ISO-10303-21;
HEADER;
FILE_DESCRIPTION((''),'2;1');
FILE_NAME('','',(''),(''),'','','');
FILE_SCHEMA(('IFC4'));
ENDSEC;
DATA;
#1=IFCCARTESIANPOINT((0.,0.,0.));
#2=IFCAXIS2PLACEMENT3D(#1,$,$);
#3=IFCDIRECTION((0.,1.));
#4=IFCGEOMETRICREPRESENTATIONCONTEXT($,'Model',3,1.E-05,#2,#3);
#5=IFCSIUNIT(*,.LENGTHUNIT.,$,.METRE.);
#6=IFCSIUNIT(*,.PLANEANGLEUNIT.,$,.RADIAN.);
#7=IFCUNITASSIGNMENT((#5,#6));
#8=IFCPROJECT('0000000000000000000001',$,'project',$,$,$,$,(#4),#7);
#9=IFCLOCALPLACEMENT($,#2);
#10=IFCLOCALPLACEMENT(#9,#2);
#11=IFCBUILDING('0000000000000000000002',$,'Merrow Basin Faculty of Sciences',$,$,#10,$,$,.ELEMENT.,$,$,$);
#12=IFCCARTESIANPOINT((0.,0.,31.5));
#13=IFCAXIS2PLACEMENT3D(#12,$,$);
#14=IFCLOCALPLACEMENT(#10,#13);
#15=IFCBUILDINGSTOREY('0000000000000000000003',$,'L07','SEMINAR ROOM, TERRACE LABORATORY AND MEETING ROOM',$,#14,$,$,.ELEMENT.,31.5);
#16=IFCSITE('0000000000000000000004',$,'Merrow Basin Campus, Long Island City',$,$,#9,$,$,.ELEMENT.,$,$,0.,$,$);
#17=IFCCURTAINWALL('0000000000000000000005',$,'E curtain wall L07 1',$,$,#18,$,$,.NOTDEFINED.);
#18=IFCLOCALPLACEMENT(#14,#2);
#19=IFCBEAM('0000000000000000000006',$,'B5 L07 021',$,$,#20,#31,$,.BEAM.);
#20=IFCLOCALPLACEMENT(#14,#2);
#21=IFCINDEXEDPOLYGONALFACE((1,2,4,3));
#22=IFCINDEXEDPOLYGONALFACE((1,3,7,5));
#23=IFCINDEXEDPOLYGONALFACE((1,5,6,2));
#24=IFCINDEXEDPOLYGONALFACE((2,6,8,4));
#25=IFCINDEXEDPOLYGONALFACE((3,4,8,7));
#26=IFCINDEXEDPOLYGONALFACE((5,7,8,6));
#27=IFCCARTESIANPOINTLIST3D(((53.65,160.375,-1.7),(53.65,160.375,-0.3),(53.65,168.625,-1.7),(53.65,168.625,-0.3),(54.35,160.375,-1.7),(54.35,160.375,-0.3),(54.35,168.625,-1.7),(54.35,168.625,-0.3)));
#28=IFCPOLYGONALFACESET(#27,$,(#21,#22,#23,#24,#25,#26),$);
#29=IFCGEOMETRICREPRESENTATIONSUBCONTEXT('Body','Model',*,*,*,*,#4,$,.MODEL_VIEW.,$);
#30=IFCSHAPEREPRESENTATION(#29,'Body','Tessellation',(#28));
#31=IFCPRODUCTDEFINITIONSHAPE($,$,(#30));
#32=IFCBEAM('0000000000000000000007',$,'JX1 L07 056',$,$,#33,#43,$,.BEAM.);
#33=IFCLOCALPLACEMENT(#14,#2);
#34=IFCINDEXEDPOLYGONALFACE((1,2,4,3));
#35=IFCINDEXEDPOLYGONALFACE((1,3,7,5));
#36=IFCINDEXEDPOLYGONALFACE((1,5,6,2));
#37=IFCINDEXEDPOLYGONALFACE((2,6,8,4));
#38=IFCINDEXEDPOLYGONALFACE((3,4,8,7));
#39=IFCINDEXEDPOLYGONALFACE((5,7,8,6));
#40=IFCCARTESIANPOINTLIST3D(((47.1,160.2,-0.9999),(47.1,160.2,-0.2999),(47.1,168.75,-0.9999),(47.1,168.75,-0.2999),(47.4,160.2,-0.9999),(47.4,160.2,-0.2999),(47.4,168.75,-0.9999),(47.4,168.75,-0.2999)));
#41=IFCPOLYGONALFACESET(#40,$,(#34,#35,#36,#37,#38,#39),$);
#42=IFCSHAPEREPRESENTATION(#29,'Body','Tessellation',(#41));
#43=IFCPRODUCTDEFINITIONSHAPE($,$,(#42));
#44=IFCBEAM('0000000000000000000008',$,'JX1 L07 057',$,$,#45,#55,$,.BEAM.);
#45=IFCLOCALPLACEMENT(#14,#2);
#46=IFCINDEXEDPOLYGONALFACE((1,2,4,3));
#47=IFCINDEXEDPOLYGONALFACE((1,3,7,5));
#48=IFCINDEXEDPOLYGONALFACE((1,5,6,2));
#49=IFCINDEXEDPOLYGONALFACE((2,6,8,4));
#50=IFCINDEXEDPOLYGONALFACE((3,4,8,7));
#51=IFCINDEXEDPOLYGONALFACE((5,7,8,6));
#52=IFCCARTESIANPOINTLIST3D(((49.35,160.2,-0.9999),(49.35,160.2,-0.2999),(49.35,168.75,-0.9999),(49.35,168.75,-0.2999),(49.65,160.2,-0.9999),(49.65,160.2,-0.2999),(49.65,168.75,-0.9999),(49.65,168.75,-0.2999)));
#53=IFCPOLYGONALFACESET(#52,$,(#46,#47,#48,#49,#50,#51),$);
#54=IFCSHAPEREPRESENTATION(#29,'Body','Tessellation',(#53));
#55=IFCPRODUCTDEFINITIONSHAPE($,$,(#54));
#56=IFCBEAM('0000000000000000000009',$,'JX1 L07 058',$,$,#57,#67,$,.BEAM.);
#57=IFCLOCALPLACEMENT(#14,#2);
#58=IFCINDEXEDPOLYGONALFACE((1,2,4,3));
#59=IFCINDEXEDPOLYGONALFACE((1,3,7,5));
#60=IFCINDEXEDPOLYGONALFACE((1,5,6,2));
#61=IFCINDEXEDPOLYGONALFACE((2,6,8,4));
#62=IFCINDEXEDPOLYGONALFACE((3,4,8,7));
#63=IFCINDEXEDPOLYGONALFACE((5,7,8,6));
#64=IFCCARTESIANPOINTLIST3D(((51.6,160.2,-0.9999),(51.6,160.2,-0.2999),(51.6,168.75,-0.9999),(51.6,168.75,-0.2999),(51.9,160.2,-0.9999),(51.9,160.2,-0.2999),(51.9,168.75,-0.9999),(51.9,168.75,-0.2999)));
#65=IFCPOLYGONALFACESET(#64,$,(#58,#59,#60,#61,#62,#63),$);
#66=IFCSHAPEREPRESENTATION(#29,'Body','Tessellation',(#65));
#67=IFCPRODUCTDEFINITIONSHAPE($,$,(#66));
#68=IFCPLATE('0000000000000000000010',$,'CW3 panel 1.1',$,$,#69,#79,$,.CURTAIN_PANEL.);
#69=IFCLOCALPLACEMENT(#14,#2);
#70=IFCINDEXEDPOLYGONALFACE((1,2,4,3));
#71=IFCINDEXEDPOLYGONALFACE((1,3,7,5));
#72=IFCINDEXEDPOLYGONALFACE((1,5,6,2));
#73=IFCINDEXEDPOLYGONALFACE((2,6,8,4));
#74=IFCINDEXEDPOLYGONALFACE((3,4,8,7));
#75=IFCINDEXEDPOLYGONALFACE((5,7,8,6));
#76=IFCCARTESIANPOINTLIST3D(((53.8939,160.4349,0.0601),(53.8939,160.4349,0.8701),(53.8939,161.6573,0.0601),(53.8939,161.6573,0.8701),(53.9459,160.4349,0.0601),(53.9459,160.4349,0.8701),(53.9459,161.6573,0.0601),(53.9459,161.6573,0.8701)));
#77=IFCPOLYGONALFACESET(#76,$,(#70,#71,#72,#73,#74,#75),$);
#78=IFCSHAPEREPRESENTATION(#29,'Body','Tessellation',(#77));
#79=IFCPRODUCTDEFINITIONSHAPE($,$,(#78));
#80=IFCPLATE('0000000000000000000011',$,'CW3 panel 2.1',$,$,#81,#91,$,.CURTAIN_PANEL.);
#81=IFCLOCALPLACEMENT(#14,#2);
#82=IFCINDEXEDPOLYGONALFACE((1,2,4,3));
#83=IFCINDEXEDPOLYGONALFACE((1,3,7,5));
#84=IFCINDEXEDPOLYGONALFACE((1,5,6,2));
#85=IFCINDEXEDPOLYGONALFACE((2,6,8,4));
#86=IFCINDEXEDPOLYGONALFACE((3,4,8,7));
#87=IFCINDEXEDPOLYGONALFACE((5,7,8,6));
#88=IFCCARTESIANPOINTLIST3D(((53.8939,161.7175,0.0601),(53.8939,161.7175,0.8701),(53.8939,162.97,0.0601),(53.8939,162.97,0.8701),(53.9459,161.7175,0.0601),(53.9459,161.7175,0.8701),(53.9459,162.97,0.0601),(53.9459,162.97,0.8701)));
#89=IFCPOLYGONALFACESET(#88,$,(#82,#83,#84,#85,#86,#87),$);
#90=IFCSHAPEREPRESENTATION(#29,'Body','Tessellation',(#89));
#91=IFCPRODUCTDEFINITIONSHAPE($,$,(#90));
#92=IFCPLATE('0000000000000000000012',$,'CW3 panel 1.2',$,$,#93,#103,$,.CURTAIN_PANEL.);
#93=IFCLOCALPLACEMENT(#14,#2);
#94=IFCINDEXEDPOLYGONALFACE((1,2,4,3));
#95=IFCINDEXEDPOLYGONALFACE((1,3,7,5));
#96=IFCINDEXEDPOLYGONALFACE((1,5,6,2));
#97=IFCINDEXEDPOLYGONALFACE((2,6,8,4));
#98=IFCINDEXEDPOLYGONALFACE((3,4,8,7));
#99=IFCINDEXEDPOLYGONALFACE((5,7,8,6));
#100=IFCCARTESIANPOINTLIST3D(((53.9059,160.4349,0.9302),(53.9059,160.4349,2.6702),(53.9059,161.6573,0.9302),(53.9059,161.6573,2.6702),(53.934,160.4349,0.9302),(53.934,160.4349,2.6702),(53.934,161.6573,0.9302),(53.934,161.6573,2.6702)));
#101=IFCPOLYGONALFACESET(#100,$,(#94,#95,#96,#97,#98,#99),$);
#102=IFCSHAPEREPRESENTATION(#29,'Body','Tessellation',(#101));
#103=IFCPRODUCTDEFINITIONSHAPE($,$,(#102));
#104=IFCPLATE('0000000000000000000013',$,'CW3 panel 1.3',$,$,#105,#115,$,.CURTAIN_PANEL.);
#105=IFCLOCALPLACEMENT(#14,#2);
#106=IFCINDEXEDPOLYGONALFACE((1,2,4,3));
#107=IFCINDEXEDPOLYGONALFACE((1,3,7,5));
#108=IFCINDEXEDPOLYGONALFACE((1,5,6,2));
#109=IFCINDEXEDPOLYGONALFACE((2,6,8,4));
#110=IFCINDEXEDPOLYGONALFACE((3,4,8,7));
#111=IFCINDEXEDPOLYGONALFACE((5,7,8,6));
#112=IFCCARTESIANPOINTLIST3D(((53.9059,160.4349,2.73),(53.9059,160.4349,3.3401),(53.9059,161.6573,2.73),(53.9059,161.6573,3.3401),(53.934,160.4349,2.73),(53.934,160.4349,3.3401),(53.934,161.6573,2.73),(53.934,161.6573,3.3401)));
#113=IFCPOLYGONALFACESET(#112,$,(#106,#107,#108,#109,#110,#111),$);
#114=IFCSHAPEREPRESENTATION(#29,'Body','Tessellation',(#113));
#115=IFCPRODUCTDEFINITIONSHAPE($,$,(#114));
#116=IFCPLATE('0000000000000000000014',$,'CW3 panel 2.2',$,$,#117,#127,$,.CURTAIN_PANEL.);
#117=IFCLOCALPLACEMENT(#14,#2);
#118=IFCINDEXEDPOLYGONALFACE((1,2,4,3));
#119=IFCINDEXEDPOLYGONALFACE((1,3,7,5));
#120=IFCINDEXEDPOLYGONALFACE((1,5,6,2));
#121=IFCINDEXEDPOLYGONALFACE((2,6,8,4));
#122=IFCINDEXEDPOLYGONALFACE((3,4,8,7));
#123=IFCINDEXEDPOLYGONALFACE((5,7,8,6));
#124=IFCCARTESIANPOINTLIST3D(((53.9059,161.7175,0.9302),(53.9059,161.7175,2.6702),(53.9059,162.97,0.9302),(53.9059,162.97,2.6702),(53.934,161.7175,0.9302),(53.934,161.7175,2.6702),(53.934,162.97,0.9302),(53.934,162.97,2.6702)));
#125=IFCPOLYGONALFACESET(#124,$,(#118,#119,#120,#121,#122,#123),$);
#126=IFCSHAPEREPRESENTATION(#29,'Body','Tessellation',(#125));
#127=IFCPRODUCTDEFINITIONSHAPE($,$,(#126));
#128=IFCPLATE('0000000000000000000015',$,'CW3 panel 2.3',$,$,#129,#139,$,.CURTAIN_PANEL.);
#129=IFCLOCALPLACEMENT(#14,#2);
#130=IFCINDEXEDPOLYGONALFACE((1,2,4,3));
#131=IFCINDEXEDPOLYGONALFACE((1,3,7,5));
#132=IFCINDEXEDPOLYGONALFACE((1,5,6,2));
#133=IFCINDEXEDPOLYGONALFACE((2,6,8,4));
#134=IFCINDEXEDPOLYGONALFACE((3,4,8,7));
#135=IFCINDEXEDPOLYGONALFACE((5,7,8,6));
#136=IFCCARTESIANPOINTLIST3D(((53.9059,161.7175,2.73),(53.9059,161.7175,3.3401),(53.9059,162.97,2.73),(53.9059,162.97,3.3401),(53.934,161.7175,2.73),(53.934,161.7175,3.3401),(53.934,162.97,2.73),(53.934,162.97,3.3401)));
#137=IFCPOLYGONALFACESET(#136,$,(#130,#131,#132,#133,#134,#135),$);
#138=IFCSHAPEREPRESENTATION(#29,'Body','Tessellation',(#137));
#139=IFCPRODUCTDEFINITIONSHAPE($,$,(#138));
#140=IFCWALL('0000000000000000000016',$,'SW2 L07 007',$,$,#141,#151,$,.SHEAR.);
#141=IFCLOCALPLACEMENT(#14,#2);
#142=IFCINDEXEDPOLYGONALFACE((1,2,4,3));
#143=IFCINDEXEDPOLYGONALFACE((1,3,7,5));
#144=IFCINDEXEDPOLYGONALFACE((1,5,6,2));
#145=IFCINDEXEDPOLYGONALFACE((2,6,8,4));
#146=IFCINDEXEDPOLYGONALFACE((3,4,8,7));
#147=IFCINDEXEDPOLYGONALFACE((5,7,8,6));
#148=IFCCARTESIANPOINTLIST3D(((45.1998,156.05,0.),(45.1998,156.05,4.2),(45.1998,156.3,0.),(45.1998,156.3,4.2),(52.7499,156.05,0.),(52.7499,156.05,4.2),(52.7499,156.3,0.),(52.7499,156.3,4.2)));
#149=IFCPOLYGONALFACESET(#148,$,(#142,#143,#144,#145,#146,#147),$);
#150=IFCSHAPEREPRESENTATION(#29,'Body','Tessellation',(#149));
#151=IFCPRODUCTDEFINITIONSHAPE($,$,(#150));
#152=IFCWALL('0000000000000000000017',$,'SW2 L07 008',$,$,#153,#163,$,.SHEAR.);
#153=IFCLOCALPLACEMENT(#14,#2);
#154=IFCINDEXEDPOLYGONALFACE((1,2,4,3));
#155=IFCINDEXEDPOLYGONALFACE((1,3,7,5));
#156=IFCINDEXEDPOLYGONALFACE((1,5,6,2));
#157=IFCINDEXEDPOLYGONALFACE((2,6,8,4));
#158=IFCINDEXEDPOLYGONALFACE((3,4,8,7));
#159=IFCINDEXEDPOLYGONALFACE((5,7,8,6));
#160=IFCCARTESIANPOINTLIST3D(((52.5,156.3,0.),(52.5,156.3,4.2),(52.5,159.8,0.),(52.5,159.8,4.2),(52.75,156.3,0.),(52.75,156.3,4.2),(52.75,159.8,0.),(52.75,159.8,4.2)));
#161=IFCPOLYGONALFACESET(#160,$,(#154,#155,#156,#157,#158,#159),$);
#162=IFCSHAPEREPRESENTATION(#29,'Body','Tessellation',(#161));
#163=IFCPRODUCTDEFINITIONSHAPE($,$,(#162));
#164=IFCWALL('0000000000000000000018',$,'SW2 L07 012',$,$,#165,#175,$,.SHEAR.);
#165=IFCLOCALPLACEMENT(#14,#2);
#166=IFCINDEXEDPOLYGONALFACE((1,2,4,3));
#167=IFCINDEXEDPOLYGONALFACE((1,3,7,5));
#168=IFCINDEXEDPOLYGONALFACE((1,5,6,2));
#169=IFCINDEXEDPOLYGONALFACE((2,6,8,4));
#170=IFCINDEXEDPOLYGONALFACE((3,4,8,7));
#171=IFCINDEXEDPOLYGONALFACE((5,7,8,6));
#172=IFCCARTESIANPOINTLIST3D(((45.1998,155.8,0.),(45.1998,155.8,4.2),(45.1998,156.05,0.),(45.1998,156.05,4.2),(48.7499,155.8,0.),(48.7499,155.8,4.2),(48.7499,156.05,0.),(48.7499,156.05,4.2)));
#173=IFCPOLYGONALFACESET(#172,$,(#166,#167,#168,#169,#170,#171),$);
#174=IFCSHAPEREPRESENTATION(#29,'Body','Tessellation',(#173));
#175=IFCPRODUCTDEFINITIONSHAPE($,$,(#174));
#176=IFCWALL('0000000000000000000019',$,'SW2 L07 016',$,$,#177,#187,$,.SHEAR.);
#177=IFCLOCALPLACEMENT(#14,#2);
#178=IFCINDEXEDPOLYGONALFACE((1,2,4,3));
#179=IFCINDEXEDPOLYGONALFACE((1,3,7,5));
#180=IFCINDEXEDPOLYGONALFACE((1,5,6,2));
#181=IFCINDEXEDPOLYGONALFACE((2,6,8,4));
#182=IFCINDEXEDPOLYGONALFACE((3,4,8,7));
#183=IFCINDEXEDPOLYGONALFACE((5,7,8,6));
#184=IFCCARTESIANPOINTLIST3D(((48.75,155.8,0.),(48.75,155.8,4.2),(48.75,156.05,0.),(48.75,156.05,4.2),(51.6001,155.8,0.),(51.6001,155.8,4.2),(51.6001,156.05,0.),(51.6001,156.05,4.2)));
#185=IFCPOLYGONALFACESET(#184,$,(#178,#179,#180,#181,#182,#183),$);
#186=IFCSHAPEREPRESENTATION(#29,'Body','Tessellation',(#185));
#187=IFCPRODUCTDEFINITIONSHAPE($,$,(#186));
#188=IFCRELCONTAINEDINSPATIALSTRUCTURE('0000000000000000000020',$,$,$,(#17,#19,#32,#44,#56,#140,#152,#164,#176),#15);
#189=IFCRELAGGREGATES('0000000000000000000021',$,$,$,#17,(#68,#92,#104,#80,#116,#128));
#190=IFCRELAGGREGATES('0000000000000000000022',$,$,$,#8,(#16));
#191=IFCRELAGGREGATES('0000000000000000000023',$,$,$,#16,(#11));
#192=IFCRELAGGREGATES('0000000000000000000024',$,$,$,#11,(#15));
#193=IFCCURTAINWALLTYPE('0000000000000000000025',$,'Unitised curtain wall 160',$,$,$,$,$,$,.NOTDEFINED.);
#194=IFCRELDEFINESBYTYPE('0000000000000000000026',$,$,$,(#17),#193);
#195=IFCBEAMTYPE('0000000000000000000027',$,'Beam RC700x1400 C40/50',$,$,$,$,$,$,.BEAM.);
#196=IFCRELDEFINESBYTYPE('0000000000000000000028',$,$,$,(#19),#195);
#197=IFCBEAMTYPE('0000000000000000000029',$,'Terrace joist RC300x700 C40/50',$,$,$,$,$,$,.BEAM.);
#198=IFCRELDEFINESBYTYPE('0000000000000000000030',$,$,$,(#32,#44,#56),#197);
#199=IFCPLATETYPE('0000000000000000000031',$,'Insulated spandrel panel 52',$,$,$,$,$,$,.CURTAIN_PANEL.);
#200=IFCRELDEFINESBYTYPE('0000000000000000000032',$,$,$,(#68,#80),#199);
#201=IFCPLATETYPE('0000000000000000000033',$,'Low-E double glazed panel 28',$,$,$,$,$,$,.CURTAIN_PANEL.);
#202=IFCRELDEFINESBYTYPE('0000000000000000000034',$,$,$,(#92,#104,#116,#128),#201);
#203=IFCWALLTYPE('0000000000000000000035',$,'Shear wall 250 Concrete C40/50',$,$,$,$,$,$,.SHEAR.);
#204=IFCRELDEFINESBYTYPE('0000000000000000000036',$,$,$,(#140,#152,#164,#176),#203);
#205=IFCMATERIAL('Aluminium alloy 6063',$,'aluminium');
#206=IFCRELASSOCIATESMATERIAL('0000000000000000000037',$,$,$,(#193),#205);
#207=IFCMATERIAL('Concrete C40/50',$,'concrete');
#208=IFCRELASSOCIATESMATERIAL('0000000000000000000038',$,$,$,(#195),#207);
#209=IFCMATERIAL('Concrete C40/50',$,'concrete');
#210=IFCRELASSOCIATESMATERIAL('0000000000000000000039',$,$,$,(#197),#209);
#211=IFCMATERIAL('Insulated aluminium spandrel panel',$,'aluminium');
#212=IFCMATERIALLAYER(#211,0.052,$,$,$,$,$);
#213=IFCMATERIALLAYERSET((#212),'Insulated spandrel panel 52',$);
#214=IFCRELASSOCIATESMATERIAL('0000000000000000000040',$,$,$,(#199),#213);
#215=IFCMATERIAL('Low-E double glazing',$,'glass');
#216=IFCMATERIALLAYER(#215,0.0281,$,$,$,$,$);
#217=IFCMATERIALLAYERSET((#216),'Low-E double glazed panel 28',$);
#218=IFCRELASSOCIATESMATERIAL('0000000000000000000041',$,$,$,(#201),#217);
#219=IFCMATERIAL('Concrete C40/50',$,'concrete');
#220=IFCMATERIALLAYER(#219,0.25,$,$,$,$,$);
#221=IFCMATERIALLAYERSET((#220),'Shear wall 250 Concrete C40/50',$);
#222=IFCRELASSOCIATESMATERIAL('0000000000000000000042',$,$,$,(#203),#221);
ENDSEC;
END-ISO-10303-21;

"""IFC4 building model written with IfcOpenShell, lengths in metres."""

from ifc_helpers import new_model, si_unit, direction, frame, frame_2d, origin, origin_2d, place, context, subcontext, project, spatial, rectangle, extrude, material, layer, layer_set, material_profile, profile_set, type_object, element, aggregate, save


model = new_model("IFC4")

# Units and contexts
model_context = context("Model", 3, precision=1e-05, world=origin(), true_north=direction((0.0, 1.0)))
body_context = subcontext(model_context, "Body", "Model", "MODEL_VIEW")
ifc_project = project(units=[si_unit("LENGTHUNIT", "METRE"), si_unit("PLANEANGLEUNIT", "RADIAN")], contexts=[model_context])

# Site, building, storey
site_placement = place(None, origin())
site = spatial("IfcSite", under=ifc_project, at=site_placement, Name="Merrow Basin Campus, Long Island City", CompositionType="ELEMENT", RefElevation=0.0)
building_placement = place(site_placement, origin())
building = spatial("IfcBuilding", under=site, at=building_placement, Name="Merrow Basin Faculty of Sciences", CompositionType="ELEMENT")
storey_placement = place(building_placement, frame((0.0, 0.0, 31.5)))
storey = spatial("IfcBuildingStorey", under=building, at=storey_placement, Name="L07", Description="SEMINAR ROOM, TERRACE LABORATORY AND MEETING ROOM", CompositionType="ELEMENT", Elevation=31.5)

# Curtain wall
ifc_material_1 = material(Name="Aluminium alloy 6063", Category="aluminium")
curtain_wall_type = type_object("IfcCurtainWallType", Name="Unitised curtain wall 160", PredefinedType="NOTDEFINED", material=ifc_material_1)
curtain_wall_placement = place(storey_placement, origin())
curtain_wall = element("IfcCurtainWall", 1, at=curtain_wall_placement, inside=storey, type_object=curtain_wall_type, Name="E curtain wall L07 1", PredefinedType="NOTDEFINED")

# Beams
ifc_material_2 = material(Name="Concrete C40/50", Category="concrete")
ifc_material_profile_1 = material_profile(ifc_material_2, rectangle(XDim=0.7, YDim=1.3999, at=origin_2d()))
ifc_profile_set_1 = profile_set([ifc_material_profile_1], Name="Concrete C40/50")
beam_type_1 = type_object("IfcBeamType", Name="Beam RC700x1400 C40/50", PredefinedType="BEAM", material=ifc_profile_set_1)
for number, where, z_axis, x_axis, name in (
    (2, (54.0, 160.375, -1.0), (0.0, 1.0, 0.0), (-1.0, 0.0, 0.0), "B5 L07 021"),
):
    element("IfcBeam", number, at=place(storey_placement, frame(where, z_axis=z_axis, x_axis=x_axis)), inside=storey, type_object=beam_type_1, Name=name, PredefinedType="BEAM", context=body_context, shape_type="SweptSolid", body=[
        extrude(rectangle(XDim=0.7, YDim=1.3999, at=origin_2d()), origin(), (0.0, 0.0, 1.0), 8.25),
    ])
ifc_material_3 = material(Name="Concrete C40/50", Category="concrete")
ifc_material_profile_2 = material_profile(ifc_material_3, rectangle(XDim=0.3, YDim=0.7, at=origin_2d()))
ifc_profile_set_2 = profile_set([ifc_material_profile_2], Name="Concrete C40/50")
beam_type_2 = type_object("IfcBeamType", Name="Terrace joist RC300x700 C40/50", PredefinedType="BEAM", material=ifc_profile_set_2)
for number, where, z_axis, x_axis, name in (
    (3, (47.25, 160.2, -0.6499), (0.0, 1.0, 0.0), (-1.0, 0.0, 0.0), "JX1 L07 056"),
    (4, (49.5, 160.2, -0.6499), (0.0, 1.0, 0.0), (-1.0, 0.0, 0.0), "JX1 L07 057"),
    (5, (51.75, 160.2, -0.6499), (0.0, 1.0, 0.0), (-1.0, 0.0, 0.0), "JX1 L07 058"),
):
    element("IfcBeam", number, at=place(storey_placement, frame(where, z_axis=z_axis, x_axis=x_axis)), inside=storey, type_object=beam_type_2, Name=name, PredefinedType="BEAM", context=body_context, shape_type="SweptSolid", body=[
        extrude(rectangle(XDim=0.3, YDim=0.7, at=origin_2d()), origin(), (0.0, 0.0, 1.0), 8.55),
    ])

# Plates
ifc_material_4 = material(Name="Insulated aluminium spandrel panel", Category="aluminium")
ifc_layer_1 = layer(ifc_material_4, 0.052)
ifc_layer_set_1 = layer_set([ifc_layer_1], Name="Insulated spandrel panel 52")
plate_type_1 = type_object("IfcPlateType", Name="Insulated spandrel panel 52", PredefinedType="CURTAIN_PANEL", material=ifc_layer_set_1)
plate_1_placement = place(storey_placement, frame((53.9199, 161.0461, 0.0601), z_axis=(0.0, 0.0, 1.0), x_axis=(0.0, 1.0, 0.0)))
plate_1 = element("IfcPlate", 6, at=plate_1_placement, type_object=plate_type_1, Name="CW3 panel 1.1", PredefinedType="CURTAIN_PANEL", context=body_context, shape_type="SweptSolid", body=[
    extrude(rectangle(XDim=1.2224, YDim=0.052, at=origin_2d()), origin(), (0.0, 0.0, 1.0), 0.8101),
])
plate_2_placement = place(storey_placement, frame((53.9199, 162.3438, 0.0601), z_axis=(0.0, 0.0, 1.0), x_axis=(0.0, 1.0, 0.0)))
plate_2 = element("IfcPlate", 7, at=plate_2_placement, type_object=plate_type_1, Name="CW3 panel 2.1", PredefinedType="CURTAIN_PANEL", context=body_context, shape_type="SweptSolid", body=[
    extrude(rectangle(XDim=1.2524, YDim=0.052, at=origin_2d()), origin(), (0.0, 0.0, 1.0), 0.8101),
])
ifc_material_5 = material(Name="Low-E double glazing", Category="glass")
ifc_layer_2 = layer(ifc_material_5, 0.0281)
ifc_layer_set_2 = layer_set([ifc_layer_2], Name="Low-E double glazed panel 28")
plate_type_2 = type_object("IfcPlateType", Name="Low-E double glazed panel 28", PredefinedType="CURTAIN_PANEL", material=ifc_layer_set_2)
plate_3_placement = place(storey_placement, frame((53.9199, 161.0461, 0.9302), z_axis=(0.0, 0.0, 1.0), x_axis=(0.0, 1.0, 0.0)))
plate_3 = element("IfcPlate", 8, at=plate_3_placement, type_object=plate_type_2, Name="CW3 panel 1.2", PredefinedType="CURTAIN_PANEL", context=body_context, shape_type="SweptSolid", body=[
    extrude(rectangle(XDim=1.2224, YDim=0.0281, at=origin_2d()), origin(), (0.0, 0.0, 1.0), 1.74),
])
plate_4_placement = place(storey_placement, frame((53.9199, 161.0461, 2.73), z_axis=(0.0, 0.0, 1.0), x_axis=(0.0, 1.0, 0.0)))
plate_4 = element("IfcPlate", 9, at=plate_4_placement, type_object=plate_type_2, Name="CW3 panel 1.3", PredefinedType="CURTAIN_PANEL", context=body_context, shape_type="SweptSolid", body=[
    extrude(rectangle(XDim=1.2224, YDim=0.0281, at=origin_2d()), origin(), (0.0, 0.0, 1.0), 0.6101),
])
plate_5_placement = place(storey_placement, frame((53.9199, 162.3438, 0.9302), z_axis=(0.0, 0.0, 1.0), x_axis=(0.0, 1.0, 0.0)))
plate_5 = element("IfcPlate", 10, at=plate_5_placement, type_object=plate_type_2, Name="CW3 panel 2.2", PredefinedType="CURTAIN_PANEL", context=body_context, shape_type="SweptSolid", body=[
    extrude(rectangle(XDim=1.2524, YDim=0.0281, at=origin_2d()), origin(), (0.0, 0.0, 1.0), 1.74),
])
plate_6_placement = place(storey_placement, frame((53.9199, 162.3438, 2.73), z_axis=(0.0, 0.0, 1.0), x_axis=(0.0, 1.0, 0.0)))
plate_6 = element("IfcPlate", 11, at=plate_6_placement, type_object=plate_type_2, Name="CW3 panel 2.3", PredefinedType="CURTAIN_PANEL", context=body_context, shape_type="SweptSolid", body=[
    extrude(rectangle(XDim=1.2524, YDim=0.0281, at=origin_2d()), origin(), (0.0, 0.0, 1.0), 0.6101),
])
aggregate(curtain_wall, [plate_1, plate_3, plate_4, plate_2, plate_5, plate_6])

# Walls
ifc_material_6 = material(Name="Concrete C40/50", Category="concrete")
ifc_layer_3 = layer(ifc_material_6, 0.25)
ifc_layer_set_3 = layer_set([ifc_layer_3], Name="Shear wall 250 Concrete C40/50")
wall_type_1 = type_object("IfcWallType", Name="Shear wall 250 Concrete C40/50", PredefinedType="SHEAR", material=ifc_layer_set_3)
wall_1_placement = place(storey_placement, frame((45.2, 156.175, 0.0), z_axis=(0.0, 0.0, 1.0), x_axis=(1.0, 0.0, 0.0)))
element("IfcWall", 12, at=wall_1_placement, inside=storey, type_object=wall_type_1, Name="SW2 L07 007", PredefinedType="SHEAR", context=body_context, shape_type="SweptSolid", body=[
    extrude(rectangle(XDim=7.55, YDim=0.25, at=frame_2d((3.7749, 0.0))), origin(), (0.0, 0.0, 1.0), 4.2),
])
wall_2_placement = place(storey_placement, frame((52.625, 156.3, 0.0), z_axis=(0.0, 0.0, 1.0), x_axis=(0.0, 1.0, 0.0)))
element("IfcWall", 13, at=wall_2_placement, inside=storey, type_object=wall_type_1, Name="SW2 L07 008", PredefinedType="SHEAR", context=body_context, shape_type="SweptSolid", body=[
    extrude(rectangle(XDim=3.5, YDim=0.25, at=frame_2d((1.75, 0.0))), origin(), (0.0, 0.0, 1.0), 4.2),
])
wall_3_placement = place(storey_placement, frame((45.2, 155.925, 0.0), z_axis=(0.0, 0.0, 1.0), x_axis=(1.0, 0.0, 0.0)))
element("IfcWall", 14, at=wall_3_placement, inside=storey, type_object=wall_type_1, Name="SW2 L07 012", PredefinedType="SHEAR", context=body_context, shape_type="SweptSolid", body=[
    extrude(rectangle(XDim=3.55, YDim=0.25, at=frame_2d((1.7749, 0.0))), origin(), (0.0, 0.0, 1.0), 4.2),
])
wall_4_placement = place(storey_placement, frame((48.75, 155.925, 0.0), z_axis=(0.0, 0.0, 1.0), x_axis=(1.0, 0.0, 0.0)))
element("IfcWall", 15, at=wall_4_placement, inside=storey, type_object=wall_type_1, Name="SW2 L07 016", PredefinedType="SHEAR", context=body_context, shape_type="SweptSolid", body=[
    extrude(rectangle(XDim=2.8501, YDim=0.25, at=frame_2d((1.425, 0.0))), origin(), (0.0, 0.0, 1.0), 4.2),
])

save(model, "model.ifc")
